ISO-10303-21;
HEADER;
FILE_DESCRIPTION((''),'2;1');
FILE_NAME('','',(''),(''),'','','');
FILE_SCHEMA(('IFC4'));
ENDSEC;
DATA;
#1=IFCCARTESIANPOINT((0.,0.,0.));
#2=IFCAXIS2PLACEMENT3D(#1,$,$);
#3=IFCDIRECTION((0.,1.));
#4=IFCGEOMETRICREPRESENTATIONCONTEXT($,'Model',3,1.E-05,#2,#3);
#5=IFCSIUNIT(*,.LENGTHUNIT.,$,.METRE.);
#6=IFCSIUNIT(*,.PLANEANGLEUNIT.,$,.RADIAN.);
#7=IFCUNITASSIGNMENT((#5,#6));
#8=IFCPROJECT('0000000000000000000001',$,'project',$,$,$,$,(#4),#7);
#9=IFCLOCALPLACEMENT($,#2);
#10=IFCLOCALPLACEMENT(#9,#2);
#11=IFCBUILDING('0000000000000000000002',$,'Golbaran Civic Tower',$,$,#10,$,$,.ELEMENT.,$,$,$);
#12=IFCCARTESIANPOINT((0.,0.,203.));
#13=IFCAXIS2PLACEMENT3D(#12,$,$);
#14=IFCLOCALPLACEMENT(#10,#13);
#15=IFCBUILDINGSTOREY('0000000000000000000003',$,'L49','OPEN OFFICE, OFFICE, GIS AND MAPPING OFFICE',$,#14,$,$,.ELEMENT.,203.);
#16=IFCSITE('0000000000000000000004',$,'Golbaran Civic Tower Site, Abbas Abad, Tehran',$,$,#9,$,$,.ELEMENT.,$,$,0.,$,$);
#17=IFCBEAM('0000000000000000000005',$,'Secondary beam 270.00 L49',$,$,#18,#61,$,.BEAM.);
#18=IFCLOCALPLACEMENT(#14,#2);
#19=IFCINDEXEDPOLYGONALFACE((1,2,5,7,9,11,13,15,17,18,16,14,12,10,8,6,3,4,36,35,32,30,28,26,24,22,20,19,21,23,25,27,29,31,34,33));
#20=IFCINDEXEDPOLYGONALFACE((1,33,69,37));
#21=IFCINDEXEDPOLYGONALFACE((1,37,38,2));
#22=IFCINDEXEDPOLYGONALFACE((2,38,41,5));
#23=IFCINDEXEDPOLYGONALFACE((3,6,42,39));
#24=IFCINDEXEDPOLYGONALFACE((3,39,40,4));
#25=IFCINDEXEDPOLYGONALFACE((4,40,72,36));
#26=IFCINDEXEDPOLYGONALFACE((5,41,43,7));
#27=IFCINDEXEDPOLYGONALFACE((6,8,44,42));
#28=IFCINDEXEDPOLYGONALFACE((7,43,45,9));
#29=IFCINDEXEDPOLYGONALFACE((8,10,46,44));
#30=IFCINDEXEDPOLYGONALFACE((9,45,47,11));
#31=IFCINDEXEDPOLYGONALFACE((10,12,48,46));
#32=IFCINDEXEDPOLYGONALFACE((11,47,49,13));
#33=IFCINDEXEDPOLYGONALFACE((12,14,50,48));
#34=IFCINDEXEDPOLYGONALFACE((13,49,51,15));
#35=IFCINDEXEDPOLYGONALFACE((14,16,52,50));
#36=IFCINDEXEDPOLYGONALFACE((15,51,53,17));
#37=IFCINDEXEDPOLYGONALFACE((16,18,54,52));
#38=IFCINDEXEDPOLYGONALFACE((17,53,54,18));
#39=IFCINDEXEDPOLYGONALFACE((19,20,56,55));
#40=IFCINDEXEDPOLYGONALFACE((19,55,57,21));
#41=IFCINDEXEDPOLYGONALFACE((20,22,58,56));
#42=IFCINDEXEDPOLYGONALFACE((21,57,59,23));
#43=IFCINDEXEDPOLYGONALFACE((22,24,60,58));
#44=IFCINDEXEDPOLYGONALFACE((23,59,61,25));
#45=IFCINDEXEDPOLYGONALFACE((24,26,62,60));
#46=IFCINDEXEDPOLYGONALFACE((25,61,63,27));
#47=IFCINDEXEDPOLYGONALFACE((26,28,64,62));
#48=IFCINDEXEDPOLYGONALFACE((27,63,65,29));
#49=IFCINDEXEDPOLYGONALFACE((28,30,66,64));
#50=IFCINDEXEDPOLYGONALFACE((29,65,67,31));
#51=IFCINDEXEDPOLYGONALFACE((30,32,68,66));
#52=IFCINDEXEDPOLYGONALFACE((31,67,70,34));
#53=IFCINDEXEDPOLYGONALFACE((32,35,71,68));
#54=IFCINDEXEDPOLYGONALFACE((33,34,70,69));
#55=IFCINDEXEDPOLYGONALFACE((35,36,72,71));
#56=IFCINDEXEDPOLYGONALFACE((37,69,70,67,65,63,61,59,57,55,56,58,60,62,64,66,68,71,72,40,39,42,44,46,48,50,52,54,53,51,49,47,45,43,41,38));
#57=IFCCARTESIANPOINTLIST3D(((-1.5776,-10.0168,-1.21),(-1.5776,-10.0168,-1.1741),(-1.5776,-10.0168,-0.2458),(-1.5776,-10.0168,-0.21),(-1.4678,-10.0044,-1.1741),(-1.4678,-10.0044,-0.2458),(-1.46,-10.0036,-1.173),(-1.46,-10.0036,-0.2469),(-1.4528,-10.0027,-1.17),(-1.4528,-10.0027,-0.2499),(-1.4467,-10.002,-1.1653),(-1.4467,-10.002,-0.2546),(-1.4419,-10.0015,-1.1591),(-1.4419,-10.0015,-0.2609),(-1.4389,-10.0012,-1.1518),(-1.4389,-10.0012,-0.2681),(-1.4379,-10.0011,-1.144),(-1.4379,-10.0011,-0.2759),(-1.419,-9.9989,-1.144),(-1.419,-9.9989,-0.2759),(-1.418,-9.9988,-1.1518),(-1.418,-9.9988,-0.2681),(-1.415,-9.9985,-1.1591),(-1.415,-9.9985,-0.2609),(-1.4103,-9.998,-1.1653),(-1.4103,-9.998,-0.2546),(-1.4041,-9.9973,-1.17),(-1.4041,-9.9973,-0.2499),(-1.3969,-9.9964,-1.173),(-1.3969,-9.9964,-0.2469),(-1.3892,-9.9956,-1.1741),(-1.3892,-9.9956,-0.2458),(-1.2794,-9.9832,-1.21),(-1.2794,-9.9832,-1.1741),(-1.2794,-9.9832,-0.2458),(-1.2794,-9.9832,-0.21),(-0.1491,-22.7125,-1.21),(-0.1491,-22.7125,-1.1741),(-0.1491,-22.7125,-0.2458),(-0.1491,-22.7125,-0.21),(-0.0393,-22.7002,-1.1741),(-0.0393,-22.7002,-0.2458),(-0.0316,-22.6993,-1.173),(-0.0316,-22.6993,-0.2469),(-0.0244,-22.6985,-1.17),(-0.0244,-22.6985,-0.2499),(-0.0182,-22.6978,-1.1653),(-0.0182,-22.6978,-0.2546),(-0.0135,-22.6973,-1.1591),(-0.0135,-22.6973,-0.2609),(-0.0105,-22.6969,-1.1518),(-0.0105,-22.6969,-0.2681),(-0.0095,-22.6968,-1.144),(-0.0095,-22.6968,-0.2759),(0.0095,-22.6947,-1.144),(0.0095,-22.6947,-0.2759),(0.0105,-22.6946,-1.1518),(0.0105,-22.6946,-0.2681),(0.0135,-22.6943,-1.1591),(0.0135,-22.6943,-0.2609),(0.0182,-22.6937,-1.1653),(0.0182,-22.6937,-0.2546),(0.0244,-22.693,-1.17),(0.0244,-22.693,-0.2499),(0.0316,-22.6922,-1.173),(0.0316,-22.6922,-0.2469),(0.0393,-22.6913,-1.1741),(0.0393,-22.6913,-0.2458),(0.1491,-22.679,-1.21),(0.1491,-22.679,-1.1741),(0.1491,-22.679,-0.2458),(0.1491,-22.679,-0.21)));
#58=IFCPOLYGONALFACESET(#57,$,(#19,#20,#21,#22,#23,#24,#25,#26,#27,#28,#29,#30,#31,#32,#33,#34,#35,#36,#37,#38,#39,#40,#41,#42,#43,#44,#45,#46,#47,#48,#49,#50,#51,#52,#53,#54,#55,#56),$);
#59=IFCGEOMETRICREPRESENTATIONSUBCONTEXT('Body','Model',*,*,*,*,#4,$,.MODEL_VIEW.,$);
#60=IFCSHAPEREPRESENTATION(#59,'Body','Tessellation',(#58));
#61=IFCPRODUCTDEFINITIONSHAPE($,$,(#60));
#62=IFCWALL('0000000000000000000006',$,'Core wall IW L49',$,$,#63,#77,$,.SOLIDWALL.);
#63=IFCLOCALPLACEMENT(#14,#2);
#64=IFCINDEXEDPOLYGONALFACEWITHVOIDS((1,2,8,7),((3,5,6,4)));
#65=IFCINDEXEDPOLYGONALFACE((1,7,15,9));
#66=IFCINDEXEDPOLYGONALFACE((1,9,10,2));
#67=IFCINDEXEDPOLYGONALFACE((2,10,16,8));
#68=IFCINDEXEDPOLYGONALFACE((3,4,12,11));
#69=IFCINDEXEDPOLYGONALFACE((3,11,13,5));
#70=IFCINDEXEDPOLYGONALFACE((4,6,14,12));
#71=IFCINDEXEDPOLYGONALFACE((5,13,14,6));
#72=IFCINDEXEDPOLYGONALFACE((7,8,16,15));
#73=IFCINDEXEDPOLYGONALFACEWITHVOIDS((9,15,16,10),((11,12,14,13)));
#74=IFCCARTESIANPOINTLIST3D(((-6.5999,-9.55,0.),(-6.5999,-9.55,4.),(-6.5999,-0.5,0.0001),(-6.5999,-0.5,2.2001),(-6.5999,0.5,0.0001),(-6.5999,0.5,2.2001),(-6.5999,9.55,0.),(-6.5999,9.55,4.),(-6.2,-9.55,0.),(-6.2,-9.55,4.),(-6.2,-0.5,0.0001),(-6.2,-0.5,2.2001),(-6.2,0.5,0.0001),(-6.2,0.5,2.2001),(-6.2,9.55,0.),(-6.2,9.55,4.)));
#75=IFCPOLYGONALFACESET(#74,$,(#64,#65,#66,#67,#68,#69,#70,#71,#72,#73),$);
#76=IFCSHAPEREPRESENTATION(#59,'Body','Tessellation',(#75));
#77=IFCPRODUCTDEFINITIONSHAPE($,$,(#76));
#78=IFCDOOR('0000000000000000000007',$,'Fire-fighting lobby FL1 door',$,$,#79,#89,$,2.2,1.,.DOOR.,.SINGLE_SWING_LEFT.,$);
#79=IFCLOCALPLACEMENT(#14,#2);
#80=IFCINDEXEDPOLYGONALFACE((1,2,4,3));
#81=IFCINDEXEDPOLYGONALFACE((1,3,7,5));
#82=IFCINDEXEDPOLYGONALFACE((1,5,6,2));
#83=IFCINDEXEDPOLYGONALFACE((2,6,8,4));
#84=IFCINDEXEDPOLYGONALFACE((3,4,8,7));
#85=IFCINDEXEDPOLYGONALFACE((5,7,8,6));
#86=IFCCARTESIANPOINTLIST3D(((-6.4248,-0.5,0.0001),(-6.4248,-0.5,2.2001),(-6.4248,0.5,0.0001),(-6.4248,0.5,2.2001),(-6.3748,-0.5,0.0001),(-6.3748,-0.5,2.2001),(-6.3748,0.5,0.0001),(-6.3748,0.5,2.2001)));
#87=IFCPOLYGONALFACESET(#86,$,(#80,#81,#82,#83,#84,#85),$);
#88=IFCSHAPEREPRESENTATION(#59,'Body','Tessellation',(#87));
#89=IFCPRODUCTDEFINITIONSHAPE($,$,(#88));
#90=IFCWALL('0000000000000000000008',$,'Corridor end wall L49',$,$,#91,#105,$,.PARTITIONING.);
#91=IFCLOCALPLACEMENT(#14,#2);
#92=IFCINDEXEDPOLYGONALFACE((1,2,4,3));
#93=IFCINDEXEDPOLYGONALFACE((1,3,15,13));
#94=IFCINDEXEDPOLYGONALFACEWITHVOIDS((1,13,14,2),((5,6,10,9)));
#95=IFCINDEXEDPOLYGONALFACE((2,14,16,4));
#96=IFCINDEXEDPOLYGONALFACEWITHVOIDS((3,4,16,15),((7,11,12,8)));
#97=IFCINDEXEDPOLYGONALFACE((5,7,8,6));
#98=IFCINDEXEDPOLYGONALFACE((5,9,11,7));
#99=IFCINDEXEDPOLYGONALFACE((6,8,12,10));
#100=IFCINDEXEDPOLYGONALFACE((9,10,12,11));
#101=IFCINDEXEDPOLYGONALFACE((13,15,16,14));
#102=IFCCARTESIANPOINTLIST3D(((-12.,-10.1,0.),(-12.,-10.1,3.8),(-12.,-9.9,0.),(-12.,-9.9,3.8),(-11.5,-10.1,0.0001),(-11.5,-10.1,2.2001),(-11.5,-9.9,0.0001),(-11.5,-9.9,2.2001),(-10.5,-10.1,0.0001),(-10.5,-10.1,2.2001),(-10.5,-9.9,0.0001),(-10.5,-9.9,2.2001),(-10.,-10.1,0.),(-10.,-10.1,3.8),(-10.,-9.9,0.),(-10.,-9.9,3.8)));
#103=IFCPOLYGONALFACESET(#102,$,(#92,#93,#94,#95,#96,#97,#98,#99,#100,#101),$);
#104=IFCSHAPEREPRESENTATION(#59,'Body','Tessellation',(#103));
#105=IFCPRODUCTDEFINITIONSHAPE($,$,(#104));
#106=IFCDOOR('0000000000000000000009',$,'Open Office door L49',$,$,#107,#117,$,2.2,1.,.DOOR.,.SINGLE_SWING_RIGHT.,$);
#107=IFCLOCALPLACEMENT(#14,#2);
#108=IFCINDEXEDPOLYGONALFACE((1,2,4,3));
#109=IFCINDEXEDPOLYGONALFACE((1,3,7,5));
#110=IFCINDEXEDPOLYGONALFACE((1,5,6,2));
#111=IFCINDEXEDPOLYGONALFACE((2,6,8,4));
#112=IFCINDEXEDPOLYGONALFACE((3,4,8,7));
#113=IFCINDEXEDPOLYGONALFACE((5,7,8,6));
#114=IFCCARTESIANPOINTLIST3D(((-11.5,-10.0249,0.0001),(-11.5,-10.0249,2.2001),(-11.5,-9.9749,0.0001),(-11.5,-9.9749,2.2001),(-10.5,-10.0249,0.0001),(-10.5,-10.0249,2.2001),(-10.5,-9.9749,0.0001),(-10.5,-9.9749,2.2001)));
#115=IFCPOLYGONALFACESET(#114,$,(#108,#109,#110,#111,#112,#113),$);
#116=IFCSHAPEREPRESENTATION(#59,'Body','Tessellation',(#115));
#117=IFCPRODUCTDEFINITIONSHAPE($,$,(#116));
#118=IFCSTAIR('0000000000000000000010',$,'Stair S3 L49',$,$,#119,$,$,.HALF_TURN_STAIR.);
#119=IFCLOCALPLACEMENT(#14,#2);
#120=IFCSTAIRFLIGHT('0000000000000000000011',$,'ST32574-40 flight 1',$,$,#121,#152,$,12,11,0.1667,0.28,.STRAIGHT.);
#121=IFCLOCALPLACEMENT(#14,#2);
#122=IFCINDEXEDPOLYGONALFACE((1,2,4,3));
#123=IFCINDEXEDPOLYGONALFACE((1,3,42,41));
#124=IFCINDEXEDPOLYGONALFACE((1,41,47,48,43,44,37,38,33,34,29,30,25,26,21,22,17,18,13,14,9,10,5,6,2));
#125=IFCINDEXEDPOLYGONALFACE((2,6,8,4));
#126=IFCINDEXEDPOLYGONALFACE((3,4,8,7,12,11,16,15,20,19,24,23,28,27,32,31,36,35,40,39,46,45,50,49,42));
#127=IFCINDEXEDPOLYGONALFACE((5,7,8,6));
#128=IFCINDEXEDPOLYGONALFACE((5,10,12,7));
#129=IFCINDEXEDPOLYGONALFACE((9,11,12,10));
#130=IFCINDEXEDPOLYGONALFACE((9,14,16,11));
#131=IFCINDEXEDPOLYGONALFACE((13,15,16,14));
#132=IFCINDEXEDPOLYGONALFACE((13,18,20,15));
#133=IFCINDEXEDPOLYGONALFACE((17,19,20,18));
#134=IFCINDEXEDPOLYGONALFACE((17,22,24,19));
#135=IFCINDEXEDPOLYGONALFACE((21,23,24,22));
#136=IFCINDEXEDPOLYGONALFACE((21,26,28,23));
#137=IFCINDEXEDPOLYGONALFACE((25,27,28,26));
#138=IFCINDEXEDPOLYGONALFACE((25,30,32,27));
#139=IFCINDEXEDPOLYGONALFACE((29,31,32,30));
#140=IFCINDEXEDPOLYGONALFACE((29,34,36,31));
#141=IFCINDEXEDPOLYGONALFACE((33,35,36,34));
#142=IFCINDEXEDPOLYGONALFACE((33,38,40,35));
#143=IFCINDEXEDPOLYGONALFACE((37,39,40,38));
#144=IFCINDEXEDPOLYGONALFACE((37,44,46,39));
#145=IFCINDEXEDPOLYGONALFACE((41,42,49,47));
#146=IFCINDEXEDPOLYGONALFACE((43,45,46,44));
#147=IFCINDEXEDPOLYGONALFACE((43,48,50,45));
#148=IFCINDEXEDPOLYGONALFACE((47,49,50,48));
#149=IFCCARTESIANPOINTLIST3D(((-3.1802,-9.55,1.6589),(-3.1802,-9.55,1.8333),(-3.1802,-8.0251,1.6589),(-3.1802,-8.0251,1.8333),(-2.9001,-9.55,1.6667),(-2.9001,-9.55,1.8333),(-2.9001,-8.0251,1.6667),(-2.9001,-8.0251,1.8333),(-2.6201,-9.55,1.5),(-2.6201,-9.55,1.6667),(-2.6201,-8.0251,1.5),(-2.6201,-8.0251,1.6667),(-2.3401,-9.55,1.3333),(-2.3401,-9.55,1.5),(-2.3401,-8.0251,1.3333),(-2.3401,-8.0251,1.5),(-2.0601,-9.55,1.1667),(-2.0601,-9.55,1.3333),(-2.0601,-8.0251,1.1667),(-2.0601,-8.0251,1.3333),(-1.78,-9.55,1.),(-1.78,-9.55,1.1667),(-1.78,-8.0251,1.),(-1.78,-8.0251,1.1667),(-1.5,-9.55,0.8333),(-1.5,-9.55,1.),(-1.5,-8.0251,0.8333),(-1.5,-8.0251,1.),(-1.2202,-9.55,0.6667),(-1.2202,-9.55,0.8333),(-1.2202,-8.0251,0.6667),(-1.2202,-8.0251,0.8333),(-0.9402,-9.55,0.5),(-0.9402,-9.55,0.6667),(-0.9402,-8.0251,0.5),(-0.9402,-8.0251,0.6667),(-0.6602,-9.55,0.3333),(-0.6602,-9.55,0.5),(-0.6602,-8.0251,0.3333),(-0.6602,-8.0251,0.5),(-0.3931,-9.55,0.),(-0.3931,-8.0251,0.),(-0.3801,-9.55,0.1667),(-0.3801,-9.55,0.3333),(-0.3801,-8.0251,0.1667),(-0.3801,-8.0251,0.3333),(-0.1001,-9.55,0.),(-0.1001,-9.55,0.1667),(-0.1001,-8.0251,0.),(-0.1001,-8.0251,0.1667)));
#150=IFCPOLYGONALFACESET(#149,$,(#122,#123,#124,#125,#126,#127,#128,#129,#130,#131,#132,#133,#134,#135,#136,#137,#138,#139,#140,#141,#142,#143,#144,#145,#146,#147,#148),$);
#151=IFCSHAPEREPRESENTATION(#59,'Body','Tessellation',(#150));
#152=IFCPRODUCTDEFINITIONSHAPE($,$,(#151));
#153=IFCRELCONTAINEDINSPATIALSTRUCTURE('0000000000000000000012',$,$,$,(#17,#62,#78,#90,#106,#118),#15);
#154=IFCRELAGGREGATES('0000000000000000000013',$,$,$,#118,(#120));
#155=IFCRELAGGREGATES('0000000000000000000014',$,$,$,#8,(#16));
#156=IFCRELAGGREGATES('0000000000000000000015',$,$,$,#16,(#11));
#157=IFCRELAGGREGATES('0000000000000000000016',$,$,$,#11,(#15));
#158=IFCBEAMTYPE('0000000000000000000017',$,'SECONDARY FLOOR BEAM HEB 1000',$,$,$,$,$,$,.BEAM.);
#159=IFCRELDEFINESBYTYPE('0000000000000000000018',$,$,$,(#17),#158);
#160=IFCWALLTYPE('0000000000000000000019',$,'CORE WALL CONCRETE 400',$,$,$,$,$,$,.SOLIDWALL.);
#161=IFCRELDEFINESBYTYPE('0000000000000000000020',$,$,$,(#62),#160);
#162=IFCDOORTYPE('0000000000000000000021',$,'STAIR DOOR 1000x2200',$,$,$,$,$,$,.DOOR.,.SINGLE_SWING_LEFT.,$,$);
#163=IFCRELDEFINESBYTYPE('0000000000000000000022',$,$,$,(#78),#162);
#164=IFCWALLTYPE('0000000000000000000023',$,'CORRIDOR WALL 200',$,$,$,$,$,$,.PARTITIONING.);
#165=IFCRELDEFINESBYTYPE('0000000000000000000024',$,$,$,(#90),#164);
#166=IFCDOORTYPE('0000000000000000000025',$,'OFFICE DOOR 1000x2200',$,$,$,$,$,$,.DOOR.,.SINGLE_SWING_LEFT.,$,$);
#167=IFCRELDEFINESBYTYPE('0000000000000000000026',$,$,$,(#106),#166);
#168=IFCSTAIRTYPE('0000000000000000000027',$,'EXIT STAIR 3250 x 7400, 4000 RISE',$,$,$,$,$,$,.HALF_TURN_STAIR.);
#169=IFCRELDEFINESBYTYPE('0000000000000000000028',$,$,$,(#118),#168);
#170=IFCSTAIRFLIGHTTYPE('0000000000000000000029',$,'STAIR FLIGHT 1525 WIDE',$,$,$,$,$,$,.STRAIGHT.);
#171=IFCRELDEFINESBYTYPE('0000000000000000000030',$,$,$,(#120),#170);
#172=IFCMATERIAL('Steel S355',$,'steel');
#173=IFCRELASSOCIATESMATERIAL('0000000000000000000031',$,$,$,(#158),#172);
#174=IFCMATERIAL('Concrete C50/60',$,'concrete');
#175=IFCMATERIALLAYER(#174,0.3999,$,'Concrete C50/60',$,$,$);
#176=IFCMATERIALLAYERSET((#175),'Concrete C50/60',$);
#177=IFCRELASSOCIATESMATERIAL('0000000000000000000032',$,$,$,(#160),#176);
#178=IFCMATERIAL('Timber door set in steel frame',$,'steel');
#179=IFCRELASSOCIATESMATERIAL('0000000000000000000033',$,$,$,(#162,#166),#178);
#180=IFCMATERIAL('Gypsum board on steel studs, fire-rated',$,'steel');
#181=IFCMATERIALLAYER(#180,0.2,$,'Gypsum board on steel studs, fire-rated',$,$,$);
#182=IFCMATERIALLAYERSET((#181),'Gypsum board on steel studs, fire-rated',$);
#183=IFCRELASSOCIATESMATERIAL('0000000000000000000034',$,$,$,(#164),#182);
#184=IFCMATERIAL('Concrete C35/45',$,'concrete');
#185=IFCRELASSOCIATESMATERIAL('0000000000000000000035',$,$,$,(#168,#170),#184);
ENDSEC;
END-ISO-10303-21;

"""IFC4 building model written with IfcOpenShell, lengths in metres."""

from ifc_helpers import new_model, si_unit, direction, frame, frame_2d, origin, origin_2d, place, context, subcontext, project, spatial, polyline, rectangle, i_section, outline, extrude, material, layer, layer_set, material_profile, profile_set, type_object, element, fill, aggregate, save


model = new_model("IFC4")

# Units and contexts
model_context = context("Model", 3, precision=1e-05, world=origin(), true_north=direction((0.0, 1.0)))
body_context = subcontext(model_context, "Body", "Model", "MODEL_VIEW")
ifc_project = project(units=[si_unit("LENGTHUNIT", "METRE"), si_unit("PLANEANGLEUNIT", "RADIAN")], contexts=[model_context])

# Site, building, storey
site_placement = place(None, origin())
site = spatial("IfcSite", under=ifc_project, at=site_placement, Name="Golbaran Civic Tower Site, Abbas Abad, Tehran", CompositionType="ELEMENT", RefElevation=0.0)
building_placement = place(site_placement, origin())
building = spatial("IfcBuilding", under=site, at=building_placement, Name="Golbaran Civic Tower", CompositionType="ELEMENT")
storey_placement = place(building_placement, frame((0.0, 0.0, 203.0)))
storey = spatial("IfcBuildingStorey", under=building, at=storey_placement, Name="L49", Description="OPEN OFFICE, OFFICE, GIS AND MAPPING OFFICE", CompositionType="ELEMENT", Elevation=203.0)

# Beam
ifc_material_1 = material(Name="Steel S355", Category="steel")
ifc_material_profile_1 = material_profile(ifc_material_1, i_section(OverallWidth=0.3, OverallDepth=1.0, WebThickness=0.019, FlangeThickness=0.0359, FilletRadius=0.03, at=origin_2d()), Name="HEB 1000")
ifc_profile_set_1 = profile_set([ifc_material_profile_1], Name="Steel S355")
beam_type_1 = type_object("IfcBeamType", Name="SECONDARY FLOOR BEAM HEB 1000", PredefinedType="BEAM", material=ifc_profile_set_1)
beam_1_placement = place(storey_placement, frame((-1.4285, -10.0, -0.71), z_axis=(0.111809, -0.99373, 0.0), x_axis=(0.99373, 0.111809, 0.0)))
element("IfcBeam", 1, at=beam_1_placement, inside=storey, type_object=beam_type_1, Name="Secondary beam 270.00 L49", PredefinedType="BEAM", context=body_context, shape_type="SweptSolid", body=[
    extrude(i_section(OverallWidth=0.3, OverallDepth=1.0, WebThickness=0.019, FlangeThickness=0.0359, FilletRadius=0.03, at=origin_2d()), origin(), (0.0, 0.0, 1.0), 12.7759),
])

# Walls, openings, doors
ifc_material_2 = material(Name="Concrete C50/60", Category="concrete")
ifc_layer_1 = layer(ifc_material_2, 0.3999, Name="Concrete C50/60")
ifc_layer_set_1 = layer_set([ifc_layer_1], Name="Concrete C50/60")
wall_type_1 = type_object("IfcWallType", Name="CORE WALL CONCRETE 400", PredefinedType="SOLIDWALL", material=ifc_layer_set_1)
wall_1_placement = place(storey_placement, frame((-6.3999, -9.55, 0.0), z_axis=(0.0, 0.0, 1.0), x_axis=(0.0, 1.0, 0.0)))
wall_1 = element("IfcWall", 2, at=wall_1_placement, inside=storey, type_object=wall_type_1, Name="Core wall IW L49", PredefinedType="SOLIDWALL", context=body_context, shape_type="SweptSolid", body=[
    extrude(rectangle(XDim=19.1001, YDim=0.3999, at=frame_2d((9.55, 0.0))), origin(), (0.0, 0.0, 1.0), 4.0),
])
opening_1_placement = place(wall_1_placement, frame((9.05, 0.0, 0.0)))
opening_1 = element("IfcOpeningElement", 3, at=opening_1_placement, cuts=wall_1, PredefinedType="OPENING", context=body_context, shape_type="SweptSolid", body=[
    extrude(rectangle(XDim=1.0, YDim=2.2, at=frame_2d((0.5, 1.1001))), frame((0.0, 0.21, 0.0), z_axis=(0.0, -1.0, 0.0), x_axis=(1.0, 0.0, 0.0)), (0.0, 0.0, 1.0), 0.4199),
])
ifc_material_3 = material(Name="Timber door set in steel frame", Category="steel")
door_type_1 = type_object("IfcDoorType", Name="STAIR DOOR 1000x2200", OperationType="SINGLE_SWING_LEFT", PredefinedType="DOOR", material=ifc_material_3)
door_1_placement = place(opening_1_placement, origin())
door_1 = element("IfcDoor", 4, at=door_1_placement, inside=storey, type_object=door_type_1, Name="Fire-fighting lobby FL1 door", OperationType="SINGLE_SWING_LEFT", OverallHeight=2.2, OverallWidth=1.0, PredefinedType="DOOR", context=body_context, shape_type="SweptSolid", body=[
    extrude(rectangle(XDim=1.0, YDim=2.2, at=frame_2d((0.5, 1.1001))), frame((0.0, 0.0249, 0.0), z_axis=(0.0, -1.0, 0.0), x_axis=(1.0, 0.0, 0.0)), (0.0, 0.0, 1.0), 0.05),
])
fill(opening_1, door_1)
ifc_material_4 = material(Name="Gypsum board on steel studs, fire-rated", Category="steel")
ifc_layer_2 = layer(ifc_material_4, 0.2, Name="Gypsum board on steel studs, fire-rated")
ifc_layer_set_2 = layer_set([ifc_layer_2], Name="Gypsum board on steel studs, fire-rated")
wall_type_2 = type_object("IfcWallType", Name="CORRIDOR WALL 200", PredefinedType="PARTITIONING", material=ifc_layer_set_2)
wall_2_placement = place(storey_placement, frame((-10.0, -10.0, 0.0), z_axis=(0.0, 0.0, 1.0), x_axis=(-1.0, 0.0, 0.0)))
wall_2 = element("IfcWall", 5, at=wall_2_placement, inside=storey, type_object=wall_type_2, Name="Corridor end wall L49", PredefinedType="PARTITIONING", context=body_context, shape_type="SweptSolid", body=[
    extrude(rectangle(XDim=2.0, YDim=0.2, at=frame_2d((1.0, 0.0))), origin(), (0.0, 0.0, 1.0), 3.8),
])
opening_2_placement = place(wall_2_placement, frame((0.5, 0.0, 0.0)))
opening_2 = element("IfcOpeningElement", 6, at=opening_2_placement, cuts=wall_2, PredefinedType="OPENING", context=body_context, shape_type="SweptSolid", body=[
    extrude(rectangle(XDim=1.0, YDim=2.2, at=frame_2d((0.5, 1.1001))), frame((0.0, 0.1099, 0.0), z_axis=(0.0, -1.0, 0.0), x_axis=(1.0, 0.0, 0.0)), (0.0, 0.0, 1.0), 0.22),
])
door_type_2 = type_object("IfcDoorType", Name="OFFICE DOOR 1000x2200", OperationType="SINGLE_SWING_LEFT", PredefinedType="DOOR", material=ifc_material_3)
door_2_placement = place(opening_2_placement, origin())
door_2 = element("IfcDoor", 7, at=door_2_placement, inside=storey, type_object=door_type_2, Name="Open Office door L49", OperationType="SINGLE_SWING_RIGHT", OverallHeight=2.2, OverallWidth=1.0, PredefinedType="DOOR", context=body_context, shape_type="SweptSolid", body=[
    extrude(rectangle(XDim=1.0, YDim=2.2, at=frame_2d((0.5, 1.1001))), frame((0.0, 0.0249, 0.0), z_axis=(0.0, -1.0, 0.0), x_axis=(1.0, 0.0, 0.0)), (0.0, 0.0, 1.0), 0.05),
])
fill(opening_2, door_2)

# Stair, stair flight
ifc_material_5 = material(Name="Concrete C35/45", Category="concrete")
stair_type = type_object("IfcStairType", Name="EXIT STAIR 3250 x 7400, 4000 RISE", PredefinedType="HALF_TURN_STAIR", material=ifc_material_5)
stair_placement = place(storey_placement, origin())
stair = element("IfcStair", 8, at=stair_placement, inside=storey, type_object=stair_type, Name="Stair S3 L49", PredefinedType="HALF_TURN_STAIR")
stair_flight_type = type_object("IfcStairFlightType", Name="STAIR FLIGHT 1525 WIDE", PredefinedType="STRAIGHT", material=ifc_material_5)
stair_flight_placement = place(storey_placement, frame((-0.1001, -8.7876, 0.0), z_axis=(0.0, 0.0, 1.0), x_axis=(-1.0, 0.0, 0.0)))
stair_flight = element("IfcStairFlight", 9, at=stair_flight_placement, type_object=stair_flight_type, Name="ST32574-40 flight 1", NumberOfRisers=12, NumberOfTreads=11, PredefinedType="STRAIGHT", RiserHeight=0.1667, TreadLength=0.28, context=body_context, shape_type="SweptSolid", body=[
    extrude(outline(polyline([(0.0, 0.0), (0.0, 0.1667), (0.28, 0.1667), (0.28, 0.3333), (0.5601, 0.3333), (0.5601, 0.5), (0.8401, 0.5), (0.8401, 0.6667), (1.1201, 0.6667), (1.1201, 0.8333), (1.3999, 0.8333), (1.3999, 1.0), (1.6799, 1.0), (1.6799, 1.1667), (1.96, 1.1667), (1.96, 1.3333), (2.24, 1.3333), (2.24, 1.5), (2.52, 1.5), (2.52, 1.6667), (2.8, 1.6667), (2.8, 1.8333), (3.0801, 1.8333), (3.0801, 2.0), (3.0801, 1.6589), (0.293, 0.0), (0.0, 0.0)])), frame((0.0, 0.7625, 0.0), z_axis=(0.0, -1.0, 0.0), x_axis=(1.0, 0.0, 0.0)), (0.0, 0.0, 1.0), 1.5249),
])
aggregate(stair, [stair_flight])

save(model, "model.ifc")
